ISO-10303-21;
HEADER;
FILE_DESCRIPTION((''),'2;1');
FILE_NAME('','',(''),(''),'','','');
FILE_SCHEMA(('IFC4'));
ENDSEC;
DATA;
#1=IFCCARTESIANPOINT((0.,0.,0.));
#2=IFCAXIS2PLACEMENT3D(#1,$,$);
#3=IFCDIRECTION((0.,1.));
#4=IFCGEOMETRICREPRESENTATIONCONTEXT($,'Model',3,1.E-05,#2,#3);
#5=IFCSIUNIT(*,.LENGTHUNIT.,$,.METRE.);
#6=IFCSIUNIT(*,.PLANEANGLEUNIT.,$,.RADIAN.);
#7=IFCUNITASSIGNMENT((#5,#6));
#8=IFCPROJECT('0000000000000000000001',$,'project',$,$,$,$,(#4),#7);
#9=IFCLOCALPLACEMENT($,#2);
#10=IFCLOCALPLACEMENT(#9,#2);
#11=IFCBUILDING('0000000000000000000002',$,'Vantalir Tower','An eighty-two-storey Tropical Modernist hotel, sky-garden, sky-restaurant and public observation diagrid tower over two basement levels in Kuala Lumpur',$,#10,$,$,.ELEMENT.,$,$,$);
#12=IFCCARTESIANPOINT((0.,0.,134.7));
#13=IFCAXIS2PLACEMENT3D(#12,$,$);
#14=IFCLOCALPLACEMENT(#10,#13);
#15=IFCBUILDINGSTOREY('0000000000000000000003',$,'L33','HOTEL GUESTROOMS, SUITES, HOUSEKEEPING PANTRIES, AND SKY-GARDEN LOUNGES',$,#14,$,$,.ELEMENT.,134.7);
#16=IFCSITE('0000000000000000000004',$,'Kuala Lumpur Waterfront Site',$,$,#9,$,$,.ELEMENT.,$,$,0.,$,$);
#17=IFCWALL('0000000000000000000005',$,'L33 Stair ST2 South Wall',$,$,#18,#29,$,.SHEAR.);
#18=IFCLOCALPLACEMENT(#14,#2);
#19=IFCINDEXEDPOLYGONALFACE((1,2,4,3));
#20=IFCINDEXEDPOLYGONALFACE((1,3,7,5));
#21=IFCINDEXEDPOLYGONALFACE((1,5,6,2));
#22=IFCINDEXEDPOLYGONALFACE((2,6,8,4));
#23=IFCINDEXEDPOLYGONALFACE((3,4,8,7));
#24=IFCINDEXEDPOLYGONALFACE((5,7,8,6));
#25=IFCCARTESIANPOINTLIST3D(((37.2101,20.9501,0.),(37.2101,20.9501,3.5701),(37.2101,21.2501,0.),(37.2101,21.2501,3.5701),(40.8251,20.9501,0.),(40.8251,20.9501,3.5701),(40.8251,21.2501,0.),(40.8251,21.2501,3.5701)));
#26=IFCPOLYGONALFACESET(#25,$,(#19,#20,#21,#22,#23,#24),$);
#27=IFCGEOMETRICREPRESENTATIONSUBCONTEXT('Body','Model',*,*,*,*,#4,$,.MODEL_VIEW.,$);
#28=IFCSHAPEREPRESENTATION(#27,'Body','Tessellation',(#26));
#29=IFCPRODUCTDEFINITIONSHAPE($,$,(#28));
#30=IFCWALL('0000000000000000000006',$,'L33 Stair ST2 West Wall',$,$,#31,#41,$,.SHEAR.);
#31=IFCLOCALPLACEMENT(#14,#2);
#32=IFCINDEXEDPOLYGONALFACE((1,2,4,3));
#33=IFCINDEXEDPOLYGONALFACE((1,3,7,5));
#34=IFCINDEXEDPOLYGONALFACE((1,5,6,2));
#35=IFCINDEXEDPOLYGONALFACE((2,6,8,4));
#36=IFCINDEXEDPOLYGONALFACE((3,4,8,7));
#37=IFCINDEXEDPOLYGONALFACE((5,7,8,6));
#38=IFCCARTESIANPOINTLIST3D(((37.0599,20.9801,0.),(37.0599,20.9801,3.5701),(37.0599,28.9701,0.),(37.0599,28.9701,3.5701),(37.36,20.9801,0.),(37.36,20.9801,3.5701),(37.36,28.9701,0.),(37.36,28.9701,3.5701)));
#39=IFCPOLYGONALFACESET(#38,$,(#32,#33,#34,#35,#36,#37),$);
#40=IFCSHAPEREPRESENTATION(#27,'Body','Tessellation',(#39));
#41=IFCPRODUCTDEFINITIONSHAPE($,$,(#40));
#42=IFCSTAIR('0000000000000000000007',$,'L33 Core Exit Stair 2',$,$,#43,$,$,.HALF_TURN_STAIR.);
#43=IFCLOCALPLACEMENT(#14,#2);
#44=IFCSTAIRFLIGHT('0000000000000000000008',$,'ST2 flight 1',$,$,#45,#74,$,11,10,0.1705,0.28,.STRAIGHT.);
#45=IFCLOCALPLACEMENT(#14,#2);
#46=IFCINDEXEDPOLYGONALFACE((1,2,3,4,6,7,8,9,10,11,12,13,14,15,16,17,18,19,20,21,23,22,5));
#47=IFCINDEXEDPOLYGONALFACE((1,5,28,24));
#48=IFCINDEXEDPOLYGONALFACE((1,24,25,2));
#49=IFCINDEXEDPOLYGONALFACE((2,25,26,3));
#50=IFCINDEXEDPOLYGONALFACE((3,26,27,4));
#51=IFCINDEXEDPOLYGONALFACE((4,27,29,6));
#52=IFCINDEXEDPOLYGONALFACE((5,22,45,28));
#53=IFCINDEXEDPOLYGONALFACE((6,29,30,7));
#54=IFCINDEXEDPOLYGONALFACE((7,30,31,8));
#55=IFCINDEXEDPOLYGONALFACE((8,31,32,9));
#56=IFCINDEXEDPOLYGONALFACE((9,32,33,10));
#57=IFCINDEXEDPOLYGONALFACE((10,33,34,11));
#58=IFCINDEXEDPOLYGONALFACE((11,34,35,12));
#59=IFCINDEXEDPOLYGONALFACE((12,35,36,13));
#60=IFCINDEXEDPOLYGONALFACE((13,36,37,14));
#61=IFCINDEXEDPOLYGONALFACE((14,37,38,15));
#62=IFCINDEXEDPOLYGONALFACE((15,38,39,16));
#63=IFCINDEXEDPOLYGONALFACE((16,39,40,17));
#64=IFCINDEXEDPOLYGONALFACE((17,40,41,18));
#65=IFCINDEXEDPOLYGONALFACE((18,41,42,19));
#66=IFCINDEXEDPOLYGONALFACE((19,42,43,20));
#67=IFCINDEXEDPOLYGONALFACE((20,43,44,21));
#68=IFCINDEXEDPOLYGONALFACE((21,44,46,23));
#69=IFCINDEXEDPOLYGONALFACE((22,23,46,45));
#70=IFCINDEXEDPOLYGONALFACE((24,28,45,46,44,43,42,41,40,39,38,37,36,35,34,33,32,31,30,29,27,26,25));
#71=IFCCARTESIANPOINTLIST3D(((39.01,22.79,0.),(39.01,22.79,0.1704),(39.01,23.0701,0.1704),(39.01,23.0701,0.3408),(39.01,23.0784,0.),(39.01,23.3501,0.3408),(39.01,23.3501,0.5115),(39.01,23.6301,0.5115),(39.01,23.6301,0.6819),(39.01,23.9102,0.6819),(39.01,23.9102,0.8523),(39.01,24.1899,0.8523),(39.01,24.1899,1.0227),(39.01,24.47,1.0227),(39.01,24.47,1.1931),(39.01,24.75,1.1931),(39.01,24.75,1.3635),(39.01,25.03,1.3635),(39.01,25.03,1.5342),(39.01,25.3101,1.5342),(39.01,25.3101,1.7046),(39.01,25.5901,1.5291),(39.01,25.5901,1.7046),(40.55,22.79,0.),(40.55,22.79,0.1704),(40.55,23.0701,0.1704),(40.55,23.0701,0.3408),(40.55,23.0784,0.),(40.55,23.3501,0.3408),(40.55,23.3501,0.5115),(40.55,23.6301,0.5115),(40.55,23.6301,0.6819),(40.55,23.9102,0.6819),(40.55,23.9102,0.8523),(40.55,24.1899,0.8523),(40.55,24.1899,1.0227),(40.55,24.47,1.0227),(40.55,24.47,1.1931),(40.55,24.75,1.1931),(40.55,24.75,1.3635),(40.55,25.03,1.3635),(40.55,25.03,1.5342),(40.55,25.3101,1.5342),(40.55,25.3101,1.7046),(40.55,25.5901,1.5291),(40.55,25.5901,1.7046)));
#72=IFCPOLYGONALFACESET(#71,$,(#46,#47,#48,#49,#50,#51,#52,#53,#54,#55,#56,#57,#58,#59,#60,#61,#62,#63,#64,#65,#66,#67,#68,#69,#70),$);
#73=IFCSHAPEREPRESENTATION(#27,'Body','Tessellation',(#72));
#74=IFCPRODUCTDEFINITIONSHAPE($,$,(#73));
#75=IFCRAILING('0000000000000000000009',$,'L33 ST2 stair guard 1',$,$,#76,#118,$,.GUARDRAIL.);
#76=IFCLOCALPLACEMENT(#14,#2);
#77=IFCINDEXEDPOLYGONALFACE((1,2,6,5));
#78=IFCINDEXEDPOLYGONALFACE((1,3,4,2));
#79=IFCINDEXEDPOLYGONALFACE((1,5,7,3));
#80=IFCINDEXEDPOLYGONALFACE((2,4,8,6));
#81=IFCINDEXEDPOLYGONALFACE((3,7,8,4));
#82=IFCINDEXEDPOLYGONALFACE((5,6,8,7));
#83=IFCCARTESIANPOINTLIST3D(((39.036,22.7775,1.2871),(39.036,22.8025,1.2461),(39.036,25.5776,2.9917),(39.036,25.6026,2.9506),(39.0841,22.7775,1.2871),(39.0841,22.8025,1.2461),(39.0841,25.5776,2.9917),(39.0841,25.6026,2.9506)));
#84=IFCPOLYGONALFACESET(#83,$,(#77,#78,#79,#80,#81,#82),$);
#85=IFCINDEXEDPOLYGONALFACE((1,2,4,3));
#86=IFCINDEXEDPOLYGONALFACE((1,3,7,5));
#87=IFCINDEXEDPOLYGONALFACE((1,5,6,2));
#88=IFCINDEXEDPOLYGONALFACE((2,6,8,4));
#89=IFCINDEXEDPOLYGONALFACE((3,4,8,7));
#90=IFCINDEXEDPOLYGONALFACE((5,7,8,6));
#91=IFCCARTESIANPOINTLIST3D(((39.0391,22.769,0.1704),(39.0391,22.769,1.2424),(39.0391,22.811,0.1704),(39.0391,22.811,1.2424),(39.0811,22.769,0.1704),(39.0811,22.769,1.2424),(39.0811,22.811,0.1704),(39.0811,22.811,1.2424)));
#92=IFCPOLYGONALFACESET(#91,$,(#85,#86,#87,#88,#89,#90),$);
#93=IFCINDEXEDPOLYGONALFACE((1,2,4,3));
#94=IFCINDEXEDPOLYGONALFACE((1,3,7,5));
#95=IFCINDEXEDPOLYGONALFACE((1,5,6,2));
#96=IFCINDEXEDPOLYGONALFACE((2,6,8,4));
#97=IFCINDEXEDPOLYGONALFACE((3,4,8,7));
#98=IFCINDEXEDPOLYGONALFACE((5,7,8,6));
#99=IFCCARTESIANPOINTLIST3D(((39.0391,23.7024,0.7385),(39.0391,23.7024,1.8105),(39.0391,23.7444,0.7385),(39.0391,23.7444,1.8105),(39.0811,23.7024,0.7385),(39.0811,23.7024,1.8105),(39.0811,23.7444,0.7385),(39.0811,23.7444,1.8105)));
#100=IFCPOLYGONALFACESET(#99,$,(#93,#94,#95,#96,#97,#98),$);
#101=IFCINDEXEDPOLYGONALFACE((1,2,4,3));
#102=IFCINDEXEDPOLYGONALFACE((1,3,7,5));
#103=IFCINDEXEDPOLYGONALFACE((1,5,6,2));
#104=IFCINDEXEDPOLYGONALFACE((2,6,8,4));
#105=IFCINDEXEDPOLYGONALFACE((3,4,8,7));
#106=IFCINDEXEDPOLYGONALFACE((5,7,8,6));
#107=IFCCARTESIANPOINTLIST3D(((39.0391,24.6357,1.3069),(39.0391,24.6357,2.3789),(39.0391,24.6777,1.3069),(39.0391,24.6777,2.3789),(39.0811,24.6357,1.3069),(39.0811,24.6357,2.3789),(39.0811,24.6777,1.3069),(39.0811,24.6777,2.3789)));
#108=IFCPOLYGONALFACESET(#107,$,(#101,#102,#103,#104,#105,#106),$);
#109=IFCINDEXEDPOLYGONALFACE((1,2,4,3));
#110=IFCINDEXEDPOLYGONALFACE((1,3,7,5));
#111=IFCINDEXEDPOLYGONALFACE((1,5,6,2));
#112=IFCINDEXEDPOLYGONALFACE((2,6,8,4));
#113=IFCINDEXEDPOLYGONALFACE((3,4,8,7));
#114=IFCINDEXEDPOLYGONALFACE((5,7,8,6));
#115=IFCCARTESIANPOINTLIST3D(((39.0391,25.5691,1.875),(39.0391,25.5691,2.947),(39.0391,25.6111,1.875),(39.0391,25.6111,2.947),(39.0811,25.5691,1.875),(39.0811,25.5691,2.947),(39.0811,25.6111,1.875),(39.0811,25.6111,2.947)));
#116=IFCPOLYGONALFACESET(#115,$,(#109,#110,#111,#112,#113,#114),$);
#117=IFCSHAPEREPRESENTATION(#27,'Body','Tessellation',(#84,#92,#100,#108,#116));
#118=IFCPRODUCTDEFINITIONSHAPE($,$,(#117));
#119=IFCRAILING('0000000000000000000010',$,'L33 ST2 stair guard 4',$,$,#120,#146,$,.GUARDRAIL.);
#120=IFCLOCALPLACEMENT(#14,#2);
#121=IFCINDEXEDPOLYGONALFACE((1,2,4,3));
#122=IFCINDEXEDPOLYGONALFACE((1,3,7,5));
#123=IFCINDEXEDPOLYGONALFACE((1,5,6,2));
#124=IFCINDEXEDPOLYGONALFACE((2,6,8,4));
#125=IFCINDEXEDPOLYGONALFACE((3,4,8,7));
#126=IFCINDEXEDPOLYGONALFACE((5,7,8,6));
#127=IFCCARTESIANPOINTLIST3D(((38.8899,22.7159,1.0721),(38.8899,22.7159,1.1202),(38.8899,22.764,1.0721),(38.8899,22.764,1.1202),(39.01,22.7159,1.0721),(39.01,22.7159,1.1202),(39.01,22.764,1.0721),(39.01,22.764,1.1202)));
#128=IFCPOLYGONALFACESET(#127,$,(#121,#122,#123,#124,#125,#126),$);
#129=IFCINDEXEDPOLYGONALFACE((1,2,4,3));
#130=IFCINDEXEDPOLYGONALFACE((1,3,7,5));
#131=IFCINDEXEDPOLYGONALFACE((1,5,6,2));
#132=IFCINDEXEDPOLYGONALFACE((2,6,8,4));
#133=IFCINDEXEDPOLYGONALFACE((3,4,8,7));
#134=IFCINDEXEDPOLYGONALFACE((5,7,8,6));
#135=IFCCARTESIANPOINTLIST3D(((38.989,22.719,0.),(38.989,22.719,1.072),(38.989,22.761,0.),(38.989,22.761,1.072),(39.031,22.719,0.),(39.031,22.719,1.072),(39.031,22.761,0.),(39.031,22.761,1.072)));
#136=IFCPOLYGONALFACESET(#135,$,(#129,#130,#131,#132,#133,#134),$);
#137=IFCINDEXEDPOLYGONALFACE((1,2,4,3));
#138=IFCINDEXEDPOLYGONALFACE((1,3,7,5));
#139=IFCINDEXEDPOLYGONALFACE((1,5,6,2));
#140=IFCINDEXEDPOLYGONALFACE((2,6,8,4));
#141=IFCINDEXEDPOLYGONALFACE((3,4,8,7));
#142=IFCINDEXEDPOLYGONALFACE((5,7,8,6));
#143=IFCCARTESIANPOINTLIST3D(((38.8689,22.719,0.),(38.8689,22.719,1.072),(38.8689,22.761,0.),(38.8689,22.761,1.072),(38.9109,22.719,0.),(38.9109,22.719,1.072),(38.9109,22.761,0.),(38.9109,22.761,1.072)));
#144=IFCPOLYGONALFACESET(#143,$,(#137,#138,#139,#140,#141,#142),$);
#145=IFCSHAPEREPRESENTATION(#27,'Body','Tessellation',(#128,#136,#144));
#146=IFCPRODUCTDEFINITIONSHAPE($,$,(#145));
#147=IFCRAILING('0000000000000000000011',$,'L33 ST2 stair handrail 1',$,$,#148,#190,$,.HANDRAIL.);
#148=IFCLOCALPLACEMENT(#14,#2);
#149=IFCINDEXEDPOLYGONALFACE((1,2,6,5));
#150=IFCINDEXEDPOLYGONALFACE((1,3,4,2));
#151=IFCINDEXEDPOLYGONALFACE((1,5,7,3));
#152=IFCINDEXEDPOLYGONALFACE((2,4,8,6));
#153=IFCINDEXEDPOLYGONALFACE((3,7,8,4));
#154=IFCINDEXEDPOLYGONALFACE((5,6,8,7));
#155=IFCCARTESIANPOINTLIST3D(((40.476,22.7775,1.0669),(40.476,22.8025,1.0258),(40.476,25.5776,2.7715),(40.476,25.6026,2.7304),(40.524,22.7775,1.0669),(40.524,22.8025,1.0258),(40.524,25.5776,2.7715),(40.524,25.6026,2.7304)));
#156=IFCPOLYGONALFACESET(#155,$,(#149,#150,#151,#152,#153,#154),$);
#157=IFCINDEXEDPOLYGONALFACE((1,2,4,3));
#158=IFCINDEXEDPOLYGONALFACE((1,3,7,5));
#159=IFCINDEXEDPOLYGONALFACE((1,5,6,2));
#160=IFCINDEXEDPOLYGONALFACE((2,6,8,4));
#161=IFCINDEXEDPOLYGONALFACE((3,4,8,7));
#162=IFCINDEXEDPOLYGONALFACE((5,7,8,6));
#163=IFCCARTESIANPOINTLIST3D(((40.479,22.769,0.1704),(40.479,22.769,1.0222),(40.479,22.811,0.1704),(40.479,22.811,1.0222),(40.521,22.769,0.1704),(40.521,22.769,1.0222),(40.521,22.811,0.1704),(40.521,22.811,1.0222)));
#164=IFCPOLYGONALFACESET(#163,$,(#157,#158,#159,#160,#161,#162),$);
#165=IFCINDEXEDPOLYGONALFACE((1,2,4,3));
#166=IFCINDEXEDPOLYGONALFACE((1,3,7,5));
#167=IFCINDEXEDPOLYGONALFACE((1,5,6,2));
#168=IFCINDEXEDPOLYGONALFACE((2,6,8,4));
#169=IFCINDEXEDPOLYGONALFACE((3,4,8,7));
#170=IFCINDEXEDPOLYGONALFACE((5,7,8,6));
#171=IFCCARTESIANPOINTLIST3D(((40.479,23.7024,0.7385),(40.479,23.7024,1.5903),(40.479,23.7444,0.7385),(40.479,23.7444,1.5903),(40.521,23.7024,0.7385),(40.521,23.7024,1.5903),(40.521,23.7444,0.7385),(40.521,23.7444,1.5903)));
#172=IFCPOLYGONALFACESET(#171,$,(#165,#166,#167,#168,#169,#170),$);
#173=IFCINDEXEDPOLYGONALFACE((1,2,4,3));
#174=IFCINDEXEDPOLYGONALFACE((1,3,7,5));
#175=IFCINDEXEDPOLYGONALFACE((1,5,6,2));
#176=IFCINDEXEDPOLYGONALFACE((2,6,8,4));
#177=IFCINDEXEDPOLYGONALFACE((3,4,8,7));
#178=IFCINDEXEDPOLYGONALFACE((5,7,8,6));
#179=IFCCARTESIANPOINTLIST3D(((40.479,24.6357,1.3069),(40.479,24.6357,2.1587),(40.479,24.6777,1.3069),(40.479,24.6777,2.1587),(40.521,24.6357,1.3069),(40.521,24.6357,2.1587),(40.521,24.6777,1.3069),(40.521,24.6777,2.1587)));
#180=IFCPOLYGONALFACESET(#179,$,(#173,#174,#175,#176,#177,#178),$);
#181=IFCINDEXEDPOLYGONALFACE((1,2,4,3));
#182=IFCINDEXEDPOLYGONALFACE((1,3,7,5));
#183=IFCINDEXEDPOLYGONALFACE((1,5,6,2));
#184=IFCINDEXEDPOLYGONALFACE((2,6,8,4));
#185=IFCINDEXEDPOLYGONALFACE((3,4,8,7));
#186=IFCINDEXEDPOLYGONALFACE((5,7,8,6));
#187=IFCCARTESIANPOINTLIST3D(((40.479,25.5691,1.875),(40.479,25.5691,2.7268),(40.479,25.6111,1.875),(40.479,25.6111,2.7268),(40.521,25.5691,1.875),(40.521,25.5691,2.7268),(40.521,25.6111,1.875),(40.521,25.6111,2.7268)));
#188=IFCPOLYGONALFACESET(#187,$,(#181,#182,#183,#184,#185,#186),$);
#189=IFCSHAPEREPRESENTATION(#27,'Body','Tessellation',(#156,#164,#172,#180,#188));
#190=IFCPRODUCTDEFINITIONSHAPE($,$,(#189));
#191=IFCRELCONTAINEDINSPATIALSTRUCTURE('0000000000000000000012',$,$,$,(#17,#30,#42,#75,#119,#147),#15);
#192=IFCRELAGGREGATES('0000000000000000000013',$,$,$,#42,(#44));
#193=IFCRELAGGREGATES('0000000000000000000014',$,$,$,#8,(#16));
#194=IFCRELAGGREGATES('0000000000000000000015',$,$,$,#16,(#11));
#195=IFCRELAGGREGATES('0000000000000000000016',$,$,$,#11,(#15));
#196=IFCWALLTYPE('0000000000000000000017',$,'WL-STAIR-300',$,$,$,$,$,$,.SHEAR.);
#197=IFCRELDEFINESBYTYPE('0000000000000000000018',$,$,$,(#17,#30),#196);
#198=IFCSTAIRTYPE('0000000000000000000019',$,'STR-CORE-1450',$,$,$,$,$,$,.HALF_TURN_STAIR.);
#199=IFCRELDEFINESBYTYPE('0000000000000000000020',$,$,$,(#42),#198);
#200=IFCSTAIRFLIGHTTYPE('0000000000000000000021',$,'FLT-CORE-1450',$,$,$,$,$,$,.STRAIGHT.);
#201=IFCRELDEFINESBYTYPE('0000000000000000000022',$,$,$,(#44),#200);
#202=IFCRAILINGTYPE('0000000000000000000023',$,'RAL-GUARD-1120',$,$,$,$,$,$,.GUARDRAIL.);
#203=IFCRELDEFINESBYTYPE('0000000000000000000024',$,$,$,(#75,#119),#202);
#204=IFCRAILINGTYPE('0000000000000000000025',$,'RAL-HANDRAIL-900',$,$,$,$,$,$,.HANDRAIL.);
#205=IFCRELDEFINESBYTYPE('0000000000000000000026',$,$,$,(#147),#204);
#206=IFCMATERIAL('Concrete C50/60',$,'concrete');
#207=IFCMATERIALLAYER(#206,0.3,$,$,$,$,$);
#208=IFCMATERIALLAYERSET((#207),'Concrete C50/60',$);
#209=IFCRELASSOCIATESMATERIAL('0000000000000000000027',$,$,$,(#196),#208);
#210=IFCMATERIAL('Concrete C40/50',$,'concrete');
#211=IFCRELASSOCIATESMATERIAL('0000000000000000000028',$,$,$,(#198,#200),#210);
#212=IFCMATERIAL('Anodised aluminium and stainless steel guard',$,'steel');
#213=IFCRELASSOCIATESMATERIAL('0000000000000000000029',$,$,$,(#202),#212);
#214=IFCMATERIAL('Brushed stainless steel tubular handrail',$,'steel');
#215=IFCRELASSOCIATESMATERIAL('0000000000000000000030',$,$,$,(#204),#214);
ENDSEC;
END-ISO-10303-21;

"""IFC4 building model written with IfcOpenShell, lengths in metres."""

from ifc_helpers import new_model, si_unit, direction, frame, frame_2d, origin, origin_2d, place, context, subcontext, project, spatial, polyline, rectangle, outline, extrude, material, layer, layer_set, type_object, element, aggregate, save


model = new_model("IFC4")

# Units and contexts
model_context = context("Model", 3, precision=1e-05, world=origin(), true_north=direction((0.0, 1.0)))
body_context = subcontext(model_context, "Body", "Model", "MODEL_VIEW")
ifc_project = project(units=[si_unit("LENGTHUNIT", "METRE"), si_unit("PLANEANGLEUNIT", "RADIAN")], contexts=[model_context])

# Site, building, storey
site_placement = place(None, origin())
site = spatial("IfcSite", under=ifc_project, at=site_placement, Name="Kuala Lumpur Waterfront Site", CompositionType="ELEMENT", RefElevation=0.0)
building_placement = place(site_placement, origin())
building = spatial("IfcBuilding", under=site, at=building_placement, Name="Vantalir Tower", Description="An eighty-two-storey Tropical Modernist hotel, sky-garden, sky-restaurant and public observation diagrid tower over two basement levels in Kuala Lumpur", CompositionType="ELEMENT")
storey_placement = place(building_placement, frame((0.0, 0.0, 134.7)))
storey = spatial("IfcBuildingStorey", under=building, at=storey_placement, Name="L33", Description="HOTEL GUESTROOMS, SUITES, HOUSEKEEPING PANTRIES, AND SKY-GARDEN LOUNGES", CompositionType="ELEMENT", Elevation=134.7)

# Walls
ifc_material_1 = material(Name="Concrete C50/60", Category="concrete")
ifc_layer_1 = layer(ifc_material_1, 0.3)
ifc_layer_set_1 = layer_set([ifc_layer_1], Name="Concrete C50/60")
wall_type_1 = type_object("IfcWallType", Name="WL-STAIR-300", PredefinedType="SHEAR", material=ifc_layer_set_1)
wall_1_placement = place(storey_placement, frame((37.21, 21.1001, 0.0), z_axis=(0.0, 0.0, 1.0), x_axis=(1.0, 0.0, 0.0)))
element("IfcWall", 1, at=wall_1_placement, inside=storey, type_object=wall_type_1, Name="L33 Stair ST2 South Wall", PredefinedType="SHEAR", context=body_context, shape_type="SweptSolid", body=[
    extrude(rectangle(XDim=3.615, YDim=0.3, at=frame_2d((1.8076, 0.0))), origin(), (0.0, 0.0, 1.0), 3.5701),
])
wall_2_placement = place(storey_placement, frame((37.21, 20.98, 0.0), z_axis=(0.0, 0.0, 1.0), x_axis=(0.0, 1.0, 0.0)))
element("IfcWall", 2, at=wall_2_placement, inside=storey, type_object=wall_type_1, Name="L33 Stair ST2 West Wall", PredefinedType="SHEAR", context=body_context, shape_type="SweptSolid", body=[
    extrude(rectangle(XDim=7.99, YDim=0.3, at=frame_2d((3.9951, 0.0))), origin(), (0.0, 0.0, 1.0), 3.5701),
])

# Stair, stair flight
ifc_material_2 = material(Name="Concrete C40/50", Category="concrete")
stair_type = type_object("IfcStairType", Name="STR-CORE-1450", PredefinedType="HALF_TURN_STAIR", material=ifc_material_2)
stair_placement = place(storey_placement, origin())
stair = element("IfcStair", 3, at=stair_placement, inside=storey, type_object=stair_type, Name="L33 Core Exit Stair 2", PredefinedType="HALF_TURN_STAIR")
stair_flight_type = type_object("IfcStairFlightType", Name="FLT-CORE-1450", PredefinedType="STRAIGHT", material=ifc_material_2)
stair_flight_placement = place(storey_placement, frame((39.78, 22.79, 0.0), z_axis=(0.0, 0.0, 1.0), x_axis=(0.0, 1.0, 0.0)))
stair_flight = element("IfcStairFlight", 4, at=stair_flight_placement, type_object=stair_flight_type, Name="ST2 flight 1", NumberOfRisers=11, NumberOfTreads=10, PredefinedType="STRAIGHT", RiserHeight=0.1705, TreadLength=0.28, context=body_context, shape_type="SweptSolid", body=[
    extrude(outline(polyline([(0.0, 0.0), (0.0, 0.1704), (0.28, 0.1704), (0.28, 0.3408), (0.5601, 0.3408), (0.5601, 0.5115), (0.8401, 0.5115), (0.8401, 0.6819), (1.1201, 0.6819), (1.1201, 0.8523), (1.3999, 0.8523), (1.3999, 1.0227), (1.6799, 1.0227), (1.6799, 1.1931), (1.96, 1.1931), (1.96, 1.3635), (2.24, 1.3635), (2.24, 1.5342), (2.52, 1.5342), (2.52, 1.7046), (2.8, 1.7046), (2.8, 1.875), (2.8, 1.5291), (0.2883, 0.0), (0.0, 0.0)])), frame((0.0, 0.77, 0.0), z_axis=(0.0, -1.0, 0.0), x_axis=(1.0, 0.0, 0.0)), (0.0, 0.0, 1.0), 1.54),
])
aggregate(stair, [stair_flight])

# Railings
ifc_material_3 = material(Name="Anodised aluminium and stainless steel guard", Category="steel")
railing_type_1 = type_object("IfcRailingType", Name="RAL-GUARD-1120", PredefinedType="GUARDRAIL", material=ifc_material_3)
railing_1_placement = place(storey_placement, frame((39.0601, 22.79, 0.1704)))
element("IfcRailing", 5, at=railing_1_placement, inside=storey, type_object=railing_type_1, Name="L33 ST2 stair guard 1", PredefinedType="GUARDRAIL", context=body_context, shape_type="SweptSolid", body=[
    extrude(rectangle(XDim=0.0481, YDim=0.0481, at=origin_2d()), frame((0.0, 0.0, 1.0962), z_axis=(0.0, 0.85417, 0.519994), x_axis=(-1.0, 0.0, 0.0)), (0.0, 0.0, 1.0), 3.2781),
    extrude(rectangle(XDim=0.042, YDim=0.042, at=origin_2d()), origin(), (0.0, 0.0, 1.0), 1.072),
    extrude(rectangle(XDim=0.042, YDim=0.042, at=origin_2d()), frame((0.0, 0.9333, 0.5681)), (0.0, 0.0, 1.0), 1.072),
    extrude(rectangle(XDim=0.042, YDim=0.042, at=origin_2d()), frame((0.0, 1.8667, 1.1365)), (0.0, 0.0, 1.0), 1.072),
    extrude(rectangle(XDim=0.042, YDim=0.042, at=origin_2d()), frame((0.0, 2.8, 1.7046)), (0.0, 0.0, 1.0), 1.072),
])
railing_2_placement = place(storey_placement, frame((39.01, 22.74, 0.0)))
element("IfcRailing", 6, at=railing_2_placement, inside=storey, type_object=railing_type_1, Name="L33 ST2 stair guard 4", PredefinedType="GUARDRAIL", context=body_context, shape_type="SweptSolid", body=[
    extrude(rectangle(XDim=0.0481, YDim=0.0481, at=origin_2d()), frame((0.0, 0.0, 1.0962), z_axis=(-1.0, 0.0, 0.0), x_axis=(0.0, -1.0, 0.0)), (0.0, 0.0, 1.0), 0.1201),
    extrude(rectangle(XDim=0.042, YDim=0.042, at=origin_2d()), origin(), (0.0, 0.0, 1.0), 1.072),
    extrude(rectangle(XDim=0.042, YDim=0.042, at=origin_2d()), frame((-0.1201, 0.0, 0.0)), (0.0, 0.0, 1.0), 1.072),
])
ifc_material_4 = material(Name="Brushed stainless steel tubular handrail", Category="steel")
railing_type_2 = type_object("IfcRailingType", Name="RAL-HANDRAIL-900", PredefinedType="HANDRAIL", material=ifc_material_4)
railing_3_placement = place(storey_placement, frame((40.5, 22.79, 0.1704)))
element("IfcRailing", 7, at=railing_3_placement, inside=storey, type_object=railing_type_2, Name="L33 ST2 stair handrail 1", PredefinedType="HANDRAIL", context=body_context, shape_type="SweptSolid", body=[
    extrude(rectangle(XDim=0.0481, YDim=0.0481, at=origin_2d()), frame((0.0, 0.0, 0.876), z_axis=(0.0, 0.85417, 0.519994), x_axis=(-1.0, 0.0, 0.0)), (0.0, 0.0, 1.0), 3.2781),
    extrude(rectangle(XDim=0.042, YDim=0.042, at=origin_2d()), origin(), (0.0, 0.0, 1.0), 0.8518),
    extrude(rectangle(XDim=0.042, YDim=0.042, at=origin_2d()), frame((0.0, 0.9333, 0.5681)), (0.0, 0.0, 1.0), 0.8518),
    extrude(rectangle(XDim=0.042, YDim=0.042, at=origin_2d()), frame((0.0, 1.8667, 1.1365)), (0.0, 0.0, 1.0), 0.8518),
    extrude(rectangle(XDim=0.042, YDim=0.042, at=origin_2d()), frame((0.0, 2.8, 1.7046)), (0.0, 0.0, 1.0), 0.8518),
])

save(model, "model.ifc")
